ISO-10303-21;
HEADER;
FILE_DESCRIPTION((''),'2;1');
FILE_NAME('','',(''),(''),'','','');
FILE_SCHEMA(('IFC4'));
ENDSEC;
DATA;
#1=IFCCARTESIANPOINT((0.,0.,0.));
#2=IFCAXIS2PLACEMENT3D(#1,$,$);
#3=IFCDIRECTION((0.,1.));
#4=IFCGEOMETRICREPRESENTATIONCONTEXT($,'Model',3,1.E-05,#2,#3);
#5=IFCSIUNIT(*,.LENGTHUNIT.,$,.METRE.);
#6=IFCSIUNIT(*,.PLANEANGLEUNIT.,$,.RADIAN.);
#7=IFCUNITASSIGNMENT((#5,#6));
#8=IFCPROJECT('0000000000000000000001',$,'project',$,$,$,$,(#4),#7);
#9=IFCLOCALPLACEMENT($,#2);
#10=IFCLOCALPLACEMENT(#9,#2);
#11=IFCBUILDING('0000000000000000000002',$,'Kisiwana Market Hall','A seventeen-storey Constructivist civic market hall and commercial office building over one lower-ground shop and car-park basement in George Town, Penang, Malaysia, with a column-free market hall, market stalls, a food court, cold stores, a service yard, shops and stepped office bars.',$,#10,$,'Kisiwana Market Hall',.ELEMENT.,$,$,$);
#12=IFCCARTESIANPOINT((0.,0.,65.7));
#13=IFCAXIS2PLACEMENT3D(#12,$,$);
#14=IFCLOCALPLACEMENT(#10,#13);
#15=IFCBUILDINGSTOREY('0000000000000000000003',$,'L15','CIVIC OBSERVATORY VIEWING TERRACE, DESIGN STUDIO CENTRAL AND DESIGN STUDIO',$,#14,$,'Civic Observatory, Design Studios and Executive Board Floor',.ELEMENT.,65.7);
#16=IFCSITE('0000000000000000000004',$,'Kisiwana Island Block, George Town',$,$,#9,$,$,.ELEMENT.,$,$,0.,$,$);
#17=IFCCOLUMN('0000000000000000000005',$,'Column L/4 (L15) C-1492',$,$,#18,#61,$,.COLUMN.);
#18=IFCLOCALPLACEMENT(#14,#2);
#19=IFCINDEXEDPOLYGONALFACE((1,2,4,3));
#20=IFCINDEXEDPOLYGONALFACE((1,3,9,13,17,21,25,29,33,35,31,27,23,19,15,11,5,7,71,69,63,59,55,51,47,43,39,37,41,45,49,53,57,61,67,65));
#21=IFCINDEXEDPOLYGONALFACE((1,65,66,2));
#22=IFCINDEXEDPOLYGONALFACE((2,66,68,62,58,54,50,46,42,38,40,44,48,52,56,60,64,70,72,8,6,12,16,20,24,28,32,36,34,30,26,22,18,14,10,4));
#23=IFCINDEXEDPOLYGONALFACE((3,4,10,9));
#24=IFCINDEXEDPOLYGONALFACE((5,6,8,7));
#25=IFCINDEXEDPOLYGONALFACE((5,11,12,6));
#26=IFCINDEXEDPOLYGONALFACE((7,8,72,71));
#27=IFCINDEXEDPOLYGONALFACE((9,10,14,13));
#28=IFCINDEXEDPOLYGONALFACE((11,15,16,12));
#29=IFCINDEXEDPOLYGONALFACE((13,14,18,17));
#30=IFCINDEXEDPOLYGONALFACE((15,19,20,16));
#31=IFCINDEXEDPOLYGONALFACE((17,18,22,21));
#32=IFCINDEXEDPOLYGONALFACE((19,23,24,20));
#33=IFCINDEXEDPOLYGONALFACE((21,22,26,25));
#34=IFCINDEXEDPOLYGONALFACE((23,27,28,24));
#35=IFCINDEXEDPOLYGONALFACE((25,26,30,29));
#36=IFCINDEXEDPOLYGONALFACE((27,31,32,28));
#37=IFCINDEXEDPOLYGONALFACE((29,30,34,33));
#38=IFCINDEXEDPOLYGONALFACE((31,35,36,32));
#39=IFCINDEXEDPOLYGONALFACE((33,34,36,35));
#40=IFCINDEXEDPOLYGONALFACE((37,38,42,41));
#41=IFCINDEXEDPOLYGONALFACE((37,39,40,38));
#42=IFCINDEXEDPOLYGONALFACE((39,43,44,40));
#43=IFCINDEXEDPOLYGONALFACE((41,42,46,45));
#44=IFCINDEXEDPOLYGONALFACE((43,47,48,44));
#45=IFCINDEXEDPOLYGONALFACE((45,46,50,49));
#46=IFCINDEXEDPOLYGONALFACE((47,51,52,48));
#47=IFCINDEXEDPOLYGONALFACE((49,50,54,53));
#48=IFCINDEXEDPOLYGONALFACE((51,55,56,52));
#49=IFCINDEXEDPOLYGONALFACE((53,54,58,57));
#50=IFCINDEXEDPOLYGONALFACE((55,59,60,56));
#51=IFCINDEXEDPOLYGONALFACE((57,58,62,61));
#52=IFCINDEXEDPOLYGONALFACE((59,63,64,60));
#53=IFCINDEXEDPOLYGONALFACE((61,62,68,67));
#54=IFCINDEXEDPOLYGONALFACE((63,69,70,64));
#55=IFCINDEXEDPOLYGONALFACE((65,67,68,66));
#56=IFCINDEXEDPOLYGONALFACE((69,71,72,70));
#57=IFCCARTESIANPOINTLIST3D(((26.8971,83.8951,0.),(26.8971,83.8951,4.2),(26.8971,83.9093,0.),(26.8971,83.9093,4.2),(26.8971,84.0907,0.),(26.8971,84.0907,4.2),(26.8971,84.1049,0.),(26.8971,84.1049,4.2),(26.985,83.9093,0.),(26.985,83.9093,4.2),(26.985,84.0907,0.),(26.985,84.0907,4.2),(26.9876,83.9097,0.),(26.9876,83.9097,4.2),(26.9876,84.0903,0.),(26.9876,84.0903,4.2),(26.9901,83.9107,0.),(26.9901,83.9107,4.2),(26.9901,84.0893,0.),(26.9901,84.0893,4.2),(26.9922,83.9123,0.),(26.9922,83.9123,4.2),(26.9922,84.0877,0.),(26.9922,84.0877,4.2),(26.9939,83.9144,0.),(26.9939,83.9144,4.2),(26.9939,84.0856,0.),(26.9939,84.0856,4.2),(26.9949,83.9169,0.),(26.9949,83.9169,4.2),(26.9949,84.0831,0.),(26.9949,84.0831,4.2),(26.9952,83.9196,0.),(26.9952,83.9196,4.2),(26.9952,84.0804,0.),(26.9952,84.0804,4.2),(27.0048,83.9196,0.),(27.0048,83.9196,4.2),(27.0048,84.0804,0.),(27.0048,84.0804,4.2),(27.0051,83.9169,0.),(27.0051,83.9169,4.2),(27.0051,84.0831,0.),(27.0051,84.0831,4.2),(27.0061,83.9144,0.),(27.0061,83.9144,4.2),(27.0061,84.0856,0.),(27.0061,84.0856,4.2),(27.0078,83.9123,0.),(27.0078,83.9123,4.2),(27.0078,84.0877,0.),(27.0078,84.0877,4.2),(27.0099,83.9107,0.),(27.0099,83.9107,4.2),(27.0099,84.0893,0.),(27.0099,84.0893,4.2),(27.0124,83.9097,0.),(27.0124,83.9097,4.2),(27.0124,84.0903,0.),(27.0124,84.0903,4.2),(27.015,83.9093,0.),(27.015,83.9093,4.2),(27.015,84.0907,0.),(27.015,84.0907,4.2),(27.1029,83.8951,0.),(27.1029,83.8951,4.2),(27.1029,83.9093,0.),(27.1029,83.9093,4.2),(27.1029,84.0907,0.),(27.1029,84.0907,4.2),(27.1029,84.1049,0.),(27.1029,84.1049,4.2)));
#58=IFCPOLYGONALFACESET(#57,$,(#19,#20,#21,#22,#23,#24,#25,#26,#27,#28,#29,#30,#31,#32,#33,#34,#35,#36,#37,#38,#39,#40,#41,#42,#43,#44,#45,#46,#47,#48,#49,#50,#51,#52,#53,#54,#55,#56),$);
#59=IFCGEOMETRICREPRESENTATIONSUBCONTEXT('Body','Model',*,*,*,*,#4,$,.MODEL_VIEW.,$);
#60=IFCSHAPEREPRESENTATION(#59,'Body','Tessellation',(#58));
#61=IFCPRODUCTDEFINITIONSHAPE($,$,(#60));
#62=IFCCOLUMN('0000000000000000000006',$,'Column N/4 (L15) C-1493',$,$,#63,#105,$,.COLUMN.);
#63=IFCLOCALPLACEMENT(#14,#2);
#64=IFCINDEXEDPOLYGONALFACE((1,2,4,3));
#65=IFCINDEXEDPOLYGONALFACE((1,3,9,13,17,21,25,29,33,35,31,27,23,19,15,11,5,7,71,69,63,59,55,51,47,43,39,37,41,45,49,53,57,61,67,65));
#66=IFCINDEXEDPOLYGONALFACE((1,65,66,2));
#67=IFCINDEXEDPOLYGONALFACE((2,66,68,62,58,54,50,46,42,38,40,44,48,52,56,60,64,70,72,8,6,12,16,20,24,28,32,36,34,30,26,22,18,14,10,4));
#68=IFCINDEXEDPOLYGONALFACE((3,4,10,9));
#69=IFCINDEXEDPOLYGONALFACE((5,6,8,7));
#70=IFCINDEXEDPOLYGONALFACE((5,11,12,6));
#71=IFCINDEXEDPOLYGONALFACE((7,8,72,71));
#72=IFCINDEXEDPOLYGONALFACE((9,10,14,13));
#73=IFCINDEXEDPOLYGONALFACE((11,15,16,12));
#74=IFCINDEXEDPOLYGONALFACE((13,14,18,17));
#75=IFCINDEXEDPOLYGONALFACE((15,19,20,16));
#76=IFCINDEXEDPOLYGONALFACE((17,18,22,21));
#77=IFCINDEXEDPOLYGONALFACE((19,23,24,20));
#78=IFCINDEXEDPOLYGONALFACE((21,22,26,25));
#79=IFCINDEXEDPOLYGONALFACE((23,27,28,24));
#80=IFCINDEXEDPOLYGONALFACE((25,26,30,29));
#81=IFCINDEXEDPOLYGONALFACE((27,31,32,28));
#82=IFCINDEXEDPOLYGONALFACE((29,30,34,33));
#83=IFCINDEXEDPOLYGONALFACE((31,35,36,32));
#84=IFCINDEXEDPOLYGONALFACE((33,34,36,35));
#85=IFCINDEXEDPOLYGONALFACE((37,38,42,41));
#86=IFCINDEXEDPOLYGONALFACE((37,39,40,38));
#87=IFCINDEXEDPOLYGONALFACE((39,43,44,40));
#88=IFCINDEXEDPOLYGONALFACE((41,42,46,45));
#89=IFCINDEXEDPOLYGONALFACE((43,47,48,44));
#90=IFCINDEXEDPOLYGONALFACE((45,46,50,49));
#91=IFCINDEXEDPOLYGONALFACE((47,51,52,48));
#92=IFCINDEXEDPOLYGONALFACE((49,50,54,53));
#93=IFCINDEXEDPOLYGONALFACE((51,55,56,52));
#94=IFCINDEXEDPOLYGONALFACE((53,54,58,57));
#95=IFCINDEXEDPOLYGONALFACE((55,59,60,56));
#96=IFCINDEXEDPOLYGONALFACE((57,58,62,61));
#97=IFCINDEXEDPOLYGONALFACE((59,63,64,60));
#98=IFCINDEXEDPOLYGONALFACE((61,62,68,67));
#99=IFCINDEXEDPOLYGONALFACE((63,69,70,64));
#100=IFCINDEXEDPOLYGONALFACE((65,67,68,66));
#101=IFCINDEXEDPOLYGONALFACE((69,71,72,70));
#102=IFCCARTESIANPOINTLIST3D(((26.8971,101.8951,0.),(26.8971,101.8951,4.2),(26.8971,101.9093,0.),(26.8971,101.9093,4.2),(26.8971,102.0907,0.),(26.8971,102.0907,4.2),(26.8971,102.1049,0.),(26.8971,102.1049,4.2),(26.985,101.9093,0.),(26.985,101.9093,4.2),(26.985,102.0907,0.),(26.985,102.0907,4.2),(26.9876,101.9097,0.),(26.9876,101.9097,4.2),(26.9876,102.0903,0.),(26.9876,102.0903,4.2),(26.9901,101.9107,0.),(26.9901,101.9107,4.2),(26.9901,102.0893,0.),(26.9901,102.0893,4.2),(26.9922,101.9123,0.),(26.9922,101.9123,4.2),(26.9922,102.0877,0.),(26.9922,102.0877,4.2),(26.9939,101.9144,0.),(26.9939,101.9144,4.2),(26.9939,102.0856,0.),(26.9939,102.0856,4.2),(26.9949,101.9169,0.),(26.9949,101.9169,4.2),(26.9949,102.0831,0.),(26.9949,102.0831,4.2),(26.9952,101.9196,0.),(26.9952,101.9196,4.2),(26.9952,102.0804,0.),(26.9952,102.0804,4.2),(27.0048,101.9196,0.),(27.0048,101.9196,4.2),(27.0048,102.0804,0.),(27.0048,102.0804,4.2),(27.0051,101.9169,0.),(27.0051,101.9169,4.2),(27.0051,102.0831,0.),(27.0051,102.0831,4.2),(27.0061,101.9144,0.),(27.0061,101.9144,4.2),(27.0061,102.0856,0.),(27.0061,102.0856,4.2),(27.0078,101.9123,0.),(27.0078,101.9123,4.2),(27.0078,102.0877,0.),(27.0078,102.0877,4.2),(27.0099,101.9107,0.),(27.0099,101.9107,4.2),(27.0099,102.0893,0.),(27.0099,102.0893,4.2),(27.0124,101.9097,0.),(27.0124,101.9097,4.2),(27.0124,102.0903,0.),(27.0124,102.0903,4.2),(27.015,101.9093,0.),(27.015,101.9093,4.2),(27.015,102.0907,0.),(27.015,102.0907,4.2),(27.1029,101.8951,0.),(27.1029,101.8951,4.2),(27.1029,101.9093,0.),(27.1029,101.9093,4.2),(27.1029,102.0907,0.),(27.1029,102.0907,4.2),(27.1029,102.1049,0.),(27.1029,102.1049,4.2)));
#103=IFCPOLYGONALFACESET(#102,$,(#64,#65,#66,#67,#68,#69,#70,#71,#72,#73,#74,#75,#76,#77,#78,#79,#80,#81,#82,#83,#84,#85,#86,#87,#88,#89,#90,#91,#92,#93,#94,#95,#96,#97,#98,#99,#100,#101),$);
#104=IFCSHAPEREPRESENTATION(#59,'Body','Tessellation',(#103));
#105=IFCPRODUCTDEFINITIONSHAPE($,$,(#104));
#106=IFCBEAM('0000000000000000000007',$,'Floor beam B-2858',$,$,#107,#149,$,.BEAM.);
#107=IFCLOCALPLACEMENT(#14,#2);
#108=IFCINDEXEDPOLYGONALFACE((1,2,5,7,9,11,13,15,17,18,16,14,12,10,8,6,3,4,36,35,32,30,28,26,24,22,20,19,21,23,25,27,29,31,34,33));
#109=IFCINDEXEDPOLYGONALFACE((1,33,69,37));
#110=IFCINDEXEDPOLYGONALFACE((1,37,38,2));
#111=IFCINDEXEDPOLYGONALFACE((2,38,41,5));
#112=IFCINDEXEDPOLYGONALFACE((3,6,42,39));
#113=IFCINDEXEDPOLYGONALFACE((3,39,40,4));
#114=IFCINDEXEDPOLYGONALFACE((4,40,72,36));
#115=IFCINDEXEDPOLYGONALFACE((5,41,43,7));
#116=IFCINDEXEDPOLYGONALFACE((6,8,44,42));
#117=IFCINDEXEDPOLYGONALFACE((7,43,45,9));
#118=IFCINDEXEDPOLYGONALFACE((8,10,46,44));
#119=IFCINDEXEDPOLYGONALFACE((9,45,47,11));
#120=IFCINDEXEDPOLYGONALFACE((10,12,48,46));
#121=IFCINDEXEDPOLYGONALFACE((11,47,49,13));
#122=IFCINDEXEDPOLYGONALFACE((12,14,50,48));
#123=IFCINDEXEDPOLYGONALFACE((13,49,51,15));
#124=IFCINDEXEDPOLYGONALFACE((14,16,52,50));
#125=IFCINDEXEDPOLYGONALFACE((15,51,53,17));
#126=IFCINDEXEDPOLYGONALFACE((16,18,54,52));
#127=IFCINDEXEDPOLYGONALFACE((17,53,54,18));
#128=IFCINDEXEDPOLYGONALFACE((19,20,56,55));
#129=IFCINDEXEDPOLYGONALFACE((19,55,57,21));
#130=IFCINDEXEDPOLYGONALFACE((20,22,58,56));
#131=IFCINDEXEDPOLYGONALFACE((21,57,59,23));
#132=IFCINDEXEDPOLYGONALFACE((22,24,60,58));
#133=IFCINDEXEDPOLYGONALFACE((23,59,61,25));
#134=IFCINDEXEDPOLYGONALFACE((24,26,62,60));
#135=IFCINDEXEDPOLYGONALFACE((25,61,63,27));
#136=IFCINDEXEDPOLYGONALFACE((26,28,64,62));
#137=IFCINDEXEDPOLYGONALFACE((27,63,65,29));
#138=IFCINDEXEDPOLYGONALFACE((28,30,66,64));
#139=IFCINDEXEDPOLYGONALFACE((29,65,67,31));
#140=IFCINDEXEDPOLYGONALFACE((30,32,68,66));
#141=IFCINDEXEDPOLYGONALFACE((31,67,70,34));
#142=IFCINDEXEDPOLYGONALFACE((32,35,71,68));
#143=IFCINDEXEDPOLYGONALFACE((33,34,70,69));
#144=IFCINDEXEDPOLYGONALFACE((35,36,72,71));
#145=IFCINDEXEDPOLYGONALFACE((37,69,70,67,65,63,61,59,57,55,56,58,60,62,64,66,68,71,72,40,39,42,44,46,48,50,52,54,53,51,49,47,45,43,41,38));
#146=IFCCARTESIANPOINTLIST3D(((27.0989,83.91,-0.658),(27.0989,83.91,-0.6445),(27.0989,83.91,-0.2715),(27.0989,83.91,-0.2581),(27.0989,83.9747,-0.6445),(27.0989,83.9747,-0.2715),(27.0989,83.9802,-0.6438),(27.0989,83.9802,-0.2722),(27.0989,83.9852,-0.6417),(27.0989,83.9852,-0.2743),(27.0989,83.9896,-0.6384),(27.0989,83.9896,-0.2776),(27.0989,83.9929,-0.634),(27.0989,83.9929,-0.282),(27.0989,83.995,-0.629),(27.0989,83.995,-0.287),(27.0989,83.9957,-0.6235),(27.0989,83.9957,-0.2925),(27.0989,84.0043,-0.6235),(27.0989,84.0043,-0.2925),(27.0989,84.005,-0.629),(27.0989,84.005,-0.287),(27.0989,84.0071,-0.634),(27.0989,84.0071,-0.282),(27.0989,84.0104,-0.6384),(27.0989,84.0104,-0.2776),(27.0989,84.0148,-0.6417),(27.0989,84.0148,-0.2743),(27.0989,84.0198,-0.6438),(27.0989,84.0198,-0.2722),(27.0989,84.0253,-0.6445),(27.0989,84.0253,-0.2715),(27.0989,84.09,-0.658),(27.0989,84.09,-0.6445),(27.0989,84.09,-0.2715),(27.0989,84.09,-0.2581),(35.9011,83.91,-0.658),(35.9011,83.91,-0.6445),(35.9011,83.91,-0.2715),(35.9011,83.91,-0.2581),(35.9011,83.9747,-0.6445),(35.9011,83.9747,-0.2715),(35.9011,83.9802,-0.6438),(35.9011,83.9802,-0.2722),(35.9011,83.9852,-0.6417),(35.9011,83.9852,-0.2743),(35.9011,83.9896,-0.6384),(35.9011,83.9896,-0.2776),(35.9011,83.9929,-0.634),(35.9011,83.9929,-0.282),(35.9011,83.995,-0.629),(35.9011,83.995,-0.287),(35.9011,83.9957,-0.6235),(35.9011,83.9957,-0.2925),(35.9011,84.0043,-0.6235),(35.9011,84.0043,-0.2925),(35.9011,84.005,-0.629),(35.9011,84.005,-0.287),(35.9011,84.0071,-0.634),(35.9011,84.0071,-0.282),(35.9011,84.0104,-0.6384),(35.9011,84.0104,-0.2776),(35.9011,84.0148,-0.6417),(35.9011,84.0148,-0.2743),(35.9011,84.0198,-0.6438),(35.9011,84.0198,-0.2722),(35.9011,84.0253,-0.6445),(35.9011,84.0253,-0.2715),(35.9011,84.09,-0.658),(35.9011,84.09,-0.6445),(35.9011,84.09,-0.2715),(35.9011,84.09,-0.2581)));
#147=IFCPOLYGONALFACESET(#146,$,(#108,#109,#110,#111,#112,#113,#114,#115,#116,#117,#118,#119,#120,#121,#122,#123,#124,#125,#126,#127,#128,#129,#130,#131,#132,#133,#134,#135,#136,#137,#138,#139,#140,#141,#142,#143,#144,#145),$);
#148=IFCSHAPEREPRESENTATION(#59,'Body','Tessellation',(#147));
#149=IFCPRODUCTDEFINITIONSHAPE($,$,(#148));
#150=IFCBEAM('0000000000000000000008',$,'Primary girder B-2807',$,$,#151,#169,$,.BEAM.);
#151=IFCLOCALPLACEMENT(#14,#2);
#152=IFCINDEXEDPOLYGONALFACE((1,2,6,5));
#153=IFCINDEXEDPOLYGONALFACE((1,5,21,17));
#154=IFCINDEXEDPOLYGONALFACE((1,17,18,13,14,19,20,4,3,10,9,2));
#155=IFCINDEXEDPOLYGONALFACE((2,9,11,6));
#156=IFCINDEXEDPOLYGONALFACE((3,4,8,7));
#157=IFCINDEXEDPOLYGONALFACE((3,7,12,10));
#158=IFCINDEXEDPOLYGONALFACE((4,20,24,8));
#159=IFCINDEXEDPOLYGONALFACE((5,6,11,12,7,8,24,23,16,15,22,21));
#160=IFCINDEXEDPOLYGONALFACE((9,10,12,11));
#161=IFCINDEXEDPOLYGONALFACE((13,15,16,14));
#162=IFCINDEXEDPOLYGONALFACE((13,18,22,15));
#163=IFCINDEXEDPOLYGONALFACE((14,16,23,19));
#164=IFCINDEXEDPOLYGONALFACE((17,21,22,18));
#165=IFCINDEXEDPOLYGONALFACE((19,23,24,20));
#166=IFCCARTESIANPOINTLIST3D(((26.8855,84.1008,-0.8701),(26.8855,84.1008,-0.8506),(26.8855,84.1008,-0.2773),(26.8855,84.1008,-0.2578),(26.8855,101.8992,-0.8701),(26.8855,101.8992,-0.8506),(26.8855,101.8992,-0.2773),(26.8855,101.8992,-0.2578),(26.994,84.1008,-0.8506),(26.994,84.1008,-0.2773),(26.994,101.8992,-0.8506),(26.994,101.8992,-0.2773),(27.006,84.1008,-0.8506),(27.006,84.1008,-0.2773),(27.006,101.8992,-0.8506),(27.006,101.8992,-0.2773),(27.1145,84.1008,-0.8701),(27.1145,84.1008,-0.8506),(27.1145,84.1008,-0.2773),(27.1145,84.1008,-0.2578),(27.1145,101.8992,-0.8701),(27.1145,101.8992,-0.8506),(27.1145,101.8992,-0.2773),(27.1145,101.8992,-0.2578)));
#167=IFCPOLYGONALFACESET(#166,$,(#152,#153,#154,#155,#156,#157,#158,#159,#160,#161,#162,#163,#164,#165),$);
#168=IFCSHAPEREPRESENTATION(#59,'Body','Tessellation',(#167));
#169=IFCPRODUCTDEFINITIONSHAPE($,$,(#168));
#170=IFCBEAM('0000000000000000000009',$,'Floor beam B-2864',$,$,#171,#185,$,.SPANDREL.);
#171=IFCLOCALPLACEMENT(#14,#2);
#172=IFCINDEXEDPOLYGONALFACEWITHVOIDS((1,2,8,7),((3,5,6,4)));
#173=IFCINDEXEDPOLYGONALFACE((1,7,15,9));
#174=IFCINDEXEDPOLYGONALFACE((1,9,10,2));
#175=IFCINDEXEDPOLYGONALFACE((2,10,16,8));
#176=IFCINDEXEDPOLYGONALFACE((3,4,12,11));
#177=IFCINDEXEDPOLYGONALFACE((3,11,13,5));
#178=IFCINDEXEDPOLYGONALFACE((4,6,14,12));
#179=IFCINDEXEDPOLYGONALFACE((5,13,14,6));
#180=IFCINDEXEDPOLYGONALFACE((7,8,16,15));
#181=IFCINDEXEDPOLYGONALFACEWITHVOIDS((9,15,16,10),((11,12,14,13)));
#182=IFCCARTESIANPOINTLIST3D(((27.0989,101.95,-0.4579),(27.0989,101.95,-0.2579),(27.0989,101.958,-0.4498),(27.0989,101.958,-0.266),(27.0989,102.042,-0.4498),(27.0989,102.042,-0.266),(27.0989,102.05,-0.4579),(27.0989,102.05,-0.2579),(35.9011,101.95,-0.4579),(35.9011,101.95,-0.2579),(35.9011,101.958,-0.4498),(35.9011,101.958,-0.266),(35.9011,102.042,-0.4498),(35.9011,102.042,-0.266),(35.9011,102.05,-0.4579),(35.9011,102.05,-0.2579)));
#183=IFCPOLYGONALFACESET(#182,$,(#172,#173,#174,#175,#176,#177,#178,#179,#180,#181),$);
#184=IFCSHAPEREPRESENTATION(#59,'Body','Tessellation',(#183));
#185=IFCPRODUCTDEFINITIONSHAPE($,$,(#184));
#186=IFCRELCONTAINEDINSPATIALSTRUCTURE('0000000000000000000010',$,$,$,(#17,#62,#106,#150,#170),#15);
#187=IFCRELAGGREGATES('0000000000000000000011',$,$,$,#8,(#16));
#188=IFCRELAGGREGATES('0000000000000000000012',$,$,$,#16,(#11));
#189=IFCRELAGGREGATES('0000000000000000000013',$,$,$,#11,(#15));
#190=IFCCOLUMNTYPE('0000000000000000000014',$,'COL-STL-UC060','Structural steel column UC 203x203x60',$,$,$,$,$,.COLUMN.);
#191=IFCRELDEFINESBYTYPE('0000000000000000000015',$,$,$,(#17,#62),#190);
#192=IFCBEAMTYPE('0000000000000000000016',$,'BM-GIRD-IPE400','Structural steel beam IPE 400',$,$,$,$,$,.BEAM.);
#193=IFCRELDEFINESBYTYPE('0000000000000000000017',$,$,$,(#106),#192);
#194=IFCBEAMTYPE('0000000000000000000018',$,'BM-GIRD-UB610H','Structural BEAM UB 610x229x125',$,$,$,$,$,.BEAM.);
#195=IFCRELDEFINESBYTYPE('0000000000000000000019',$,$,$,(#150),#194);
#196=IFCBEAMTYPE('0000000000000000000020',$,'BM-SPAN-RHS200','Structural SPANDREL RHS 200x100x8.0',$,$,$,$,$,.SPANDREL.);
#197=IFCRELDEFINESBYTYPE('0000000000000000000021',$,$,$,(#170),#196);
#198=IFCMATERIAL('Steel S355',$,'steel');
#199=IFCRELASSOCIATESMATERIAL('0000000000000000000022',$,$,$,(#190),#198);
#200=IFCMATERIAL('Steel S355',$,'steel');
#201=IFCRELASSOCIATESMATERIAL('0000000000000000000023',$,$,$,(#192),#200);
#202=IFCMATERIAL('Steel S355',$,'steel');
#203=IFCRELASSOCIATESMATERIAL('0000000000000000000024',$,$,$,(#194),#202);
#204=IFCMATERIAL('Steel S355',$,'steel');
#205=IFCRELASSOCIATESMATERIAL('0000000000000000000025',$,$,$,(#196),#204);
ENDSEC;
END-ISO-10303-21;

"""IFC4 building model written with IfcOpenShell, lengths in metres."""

from ifc_helpers import new_model, si_unit, direction, frame, origin, origin_2d, place, context, subcontext, project, spatial, hollow_rectangle, i_section, extrude, material, material_profile, profile_set, type_object, element, save


model = new_model("IFC4")

# Units and contexts
model_context = context("Model", 3, precision=1e-05, world=origin(), true_north=direction((0.0, 1.0)))
body_context = subcontext(model_context, "Body", "Model", "MODEL_VIEW")
ifc_project = project(units=[si_unit("LENGTHUNIT", "METRE"), si_unit("PLANEANGLEUNIT", "RADIAN")], contexts=[model_context])

# Site, building, storey
site_placement = place(None, origin())
site = spatial("IfcSite", under=ifc_project, at=site_placement, Name="Kisiwana Island Block, George Town", CompositionType="ELEMENT", RefElevation=0.0)
building_placement = place(site_placement, origin())
building = spatial("IfcBuilding", under=site, at=building_placement, Name="Kisiwana Market Hall", Description="A seventeen-storey Constructivist civic market hall and commercial office building over one lower-ground shop and car-park basement in George Town, Penang, Malaysia, with a column-free market hall, market stalls, a food court, cold stores, a service yard, shops and stepped office bars.", LongName="Kisiwana Market Hall", CompositionType="ELEMENT")
storey_placement = place(building_placement, frame((0.0, 0.0, 65.7)))
storey = spatial("IfcBuildingStorey", under=building, at=storey_placement, Name="L15", Description="CIVIC OBSERVATORY VIEWING TERRACE, DESIGN STUDIO CENTRAL AND DESIGN STUDIO", LongName="Civic Observatory, Design Studios and Executive Board Floor", CompositionType="ELEMENT", Elevation=65.7)

# Columns
ifc_material_1 = material(Name="Steel S355", Category="steel")
ifc_material_profile_1 = material_profile(ifc_material_1, i_section(OverallWidth=0.2058, OverallDepth=0.2097, WebThickness=0.0095, FlangeThickness=0.0142, FilletRadius=0.0103, at=origin_2d()), Name="UC 203x203x60")
ifc_profile_set_1 = profile_set([ifc_material_profile_1], Name="Steel S355")
column_type = type_object("IfcColumnType", Name="COL-STL-UC060", Description="Structural steel column UC 203x203x60", PredefinedType="COLUMN", material=ifc_profile_set_1)
for number, where, z_axis, x_axis, name in (
    (1, (27.0, 84.0, 0.0), (0.0, 0.0, 1.0), (1.0, 0.0, 0.0), "Column L/4 (L15) C-1492"),
    (2, (27.0, 102.0, 0.0), (0.0, 0.0, 1.0), (1.0, 0.0, 0.0), "Column N/4 (L15) C-1493"),
):
    element("IfcColumn", number, at=place(storey_placement, frame(where, z_axis=z_axis, x_axis=x_axis)), inside=storey, type_object=column_type, Name=name, PredefinedType="COLUMN", context=body_context, shape_type="SweptSolid", body=[
        extrude(i_section(OverallWidth=0.2058, OverallDepth=0.2097, WebThickness=0.0095, FlangeThickness=0.0142, FilletRadius=0.0103, at=origin_2d()), origin(), (0.0, 0.0, 1.0), 4.2),
    ])

# Beams
ifc_material_2 = material(Name="Steel S355", Category="steel")
ifc_material_profile_2 = material_profile(ifc_material_2, i_section(OverallWidth=0.1799, OverallDepth=0.3999, WebThickness=0.0085, FlangeThickness=0.0134, FilletRadius=0.021, at=origin_2d()), Name="IPE 400")
ifc_profile_set_2 = profile_set([ifc_material_profile_2], Name="Steel S355")
beam_type_1 = type_object("IfcBeamType", Name="BM-GIRD-IPE400", Description="Structural steel beam IPE 400", PredefinedType="BEAM", material=ifc_profile_set_2)
beam_1_placement = place(storey_placement, frame((27.0989, 84.0, -0.458), z_axis=(1.0, 0.0, 0.0), x_axis=(0.0, 1.0, 0.0)))
element("IfcBeam", 3, at=beam_1_placement, inside=storey, type_object=beam_type_1, Name="Floor beam B-2858", PredefinedType="BEAM", context=body_context, shape_type="SweptSolid", body=[
    extrude(i_section(OverallWidth=0.1799, OverallDepth=0.3999, WebThickness=0.0085, FlangeThickness=0.0134, FilletRadius=0.021, at=origin_2d()), origin(), (0.0, 0.0, 1.0), 8.8022),
])
ifc_material_3 = material(Name="Steel S355", Category="steel")
ifc_material_profile_3 = material_profile(ifc_material_3, i_section(OverallWidth=0.229, OverallDepth=0.6123, WebThickness=0.012, FlangeThickness=0.0195, at=origin_2d()), Name="UB 610x229x125")
ifc_profile_set_3 = profile_set([ifc_material_profile_3], Name="Steel S355")
beam_type_2 = type_object("IfcBeamType", Name="BM-GIRD-UB610H", Description="Structural BEAM UB 610x229x125", PredefinedType="BEAM", material=ifc_profile_set_3)
beam_2_placement = place(storey_placement, frame((27.0, 84.1008, -0.564), z_axis=(0.0, 1.0, 0.0), x_axis=(-1.0, 0.0, 0.0)))
element("IfcBeam", 4, at=beam_2_placement, inside=storey, type_object=beam_type_2, Name="Primary girder B-2807", PredefinedType="BEAM", context=body_context, shape_type="SweptSolid", body=[
    extrude(i_section(OverallWidth=0.229, OverallDepth=0.6123, WebThickness=0.012, FlangeThickness=0.0195, at=origin_2d()), origin(), (0.0, 0.0, 1.0), 17.7983),
])
ifc_material_4 = material(Name="Steel S355", Category="steel")
ifc_material_profile_4 = material_profile(ifc_material_4, hollow_rectangle(XDim=0.1001, YDim=0.2, WallThickness=0.0081, at=origin_2d()), Name="RHS 200x100x8.0")
ifc_profile_set_4 = profile_set([ifc_material_profile_4], Name="Steel S355")
beam_type_3 = type_object("IfcBeamType", Name="BM-SPAN-RHS200", Description="Structural SPANDREL RHS 200x100x8.0", PredefinedType="SPANDREL", material=ifc_profile_set_4)
beam_3_placement = place(storey_placement, frame((27.0989, 102.0, -0.3579), z_axis=(1.0, 0.0, 0.0), x_axis=(0.0, 1.0, 0.0)))
element("IfcBeam", 5, at=beam_3_placement, inside=storey, type_object=beam_type_3, Name="Floor beam B-2864", PredefinedType="SPANDREL", context=body_context, shape_type="SweptSolid", body=[
    extrude(hollow_rectangle(XDim=0.1001, YDim=0.2, WallThickness=0.0081, at=origin_2d()), origin(), (0.0, 0.0, 1.0), 8.8022),
])

save(model, "model.ifc")
